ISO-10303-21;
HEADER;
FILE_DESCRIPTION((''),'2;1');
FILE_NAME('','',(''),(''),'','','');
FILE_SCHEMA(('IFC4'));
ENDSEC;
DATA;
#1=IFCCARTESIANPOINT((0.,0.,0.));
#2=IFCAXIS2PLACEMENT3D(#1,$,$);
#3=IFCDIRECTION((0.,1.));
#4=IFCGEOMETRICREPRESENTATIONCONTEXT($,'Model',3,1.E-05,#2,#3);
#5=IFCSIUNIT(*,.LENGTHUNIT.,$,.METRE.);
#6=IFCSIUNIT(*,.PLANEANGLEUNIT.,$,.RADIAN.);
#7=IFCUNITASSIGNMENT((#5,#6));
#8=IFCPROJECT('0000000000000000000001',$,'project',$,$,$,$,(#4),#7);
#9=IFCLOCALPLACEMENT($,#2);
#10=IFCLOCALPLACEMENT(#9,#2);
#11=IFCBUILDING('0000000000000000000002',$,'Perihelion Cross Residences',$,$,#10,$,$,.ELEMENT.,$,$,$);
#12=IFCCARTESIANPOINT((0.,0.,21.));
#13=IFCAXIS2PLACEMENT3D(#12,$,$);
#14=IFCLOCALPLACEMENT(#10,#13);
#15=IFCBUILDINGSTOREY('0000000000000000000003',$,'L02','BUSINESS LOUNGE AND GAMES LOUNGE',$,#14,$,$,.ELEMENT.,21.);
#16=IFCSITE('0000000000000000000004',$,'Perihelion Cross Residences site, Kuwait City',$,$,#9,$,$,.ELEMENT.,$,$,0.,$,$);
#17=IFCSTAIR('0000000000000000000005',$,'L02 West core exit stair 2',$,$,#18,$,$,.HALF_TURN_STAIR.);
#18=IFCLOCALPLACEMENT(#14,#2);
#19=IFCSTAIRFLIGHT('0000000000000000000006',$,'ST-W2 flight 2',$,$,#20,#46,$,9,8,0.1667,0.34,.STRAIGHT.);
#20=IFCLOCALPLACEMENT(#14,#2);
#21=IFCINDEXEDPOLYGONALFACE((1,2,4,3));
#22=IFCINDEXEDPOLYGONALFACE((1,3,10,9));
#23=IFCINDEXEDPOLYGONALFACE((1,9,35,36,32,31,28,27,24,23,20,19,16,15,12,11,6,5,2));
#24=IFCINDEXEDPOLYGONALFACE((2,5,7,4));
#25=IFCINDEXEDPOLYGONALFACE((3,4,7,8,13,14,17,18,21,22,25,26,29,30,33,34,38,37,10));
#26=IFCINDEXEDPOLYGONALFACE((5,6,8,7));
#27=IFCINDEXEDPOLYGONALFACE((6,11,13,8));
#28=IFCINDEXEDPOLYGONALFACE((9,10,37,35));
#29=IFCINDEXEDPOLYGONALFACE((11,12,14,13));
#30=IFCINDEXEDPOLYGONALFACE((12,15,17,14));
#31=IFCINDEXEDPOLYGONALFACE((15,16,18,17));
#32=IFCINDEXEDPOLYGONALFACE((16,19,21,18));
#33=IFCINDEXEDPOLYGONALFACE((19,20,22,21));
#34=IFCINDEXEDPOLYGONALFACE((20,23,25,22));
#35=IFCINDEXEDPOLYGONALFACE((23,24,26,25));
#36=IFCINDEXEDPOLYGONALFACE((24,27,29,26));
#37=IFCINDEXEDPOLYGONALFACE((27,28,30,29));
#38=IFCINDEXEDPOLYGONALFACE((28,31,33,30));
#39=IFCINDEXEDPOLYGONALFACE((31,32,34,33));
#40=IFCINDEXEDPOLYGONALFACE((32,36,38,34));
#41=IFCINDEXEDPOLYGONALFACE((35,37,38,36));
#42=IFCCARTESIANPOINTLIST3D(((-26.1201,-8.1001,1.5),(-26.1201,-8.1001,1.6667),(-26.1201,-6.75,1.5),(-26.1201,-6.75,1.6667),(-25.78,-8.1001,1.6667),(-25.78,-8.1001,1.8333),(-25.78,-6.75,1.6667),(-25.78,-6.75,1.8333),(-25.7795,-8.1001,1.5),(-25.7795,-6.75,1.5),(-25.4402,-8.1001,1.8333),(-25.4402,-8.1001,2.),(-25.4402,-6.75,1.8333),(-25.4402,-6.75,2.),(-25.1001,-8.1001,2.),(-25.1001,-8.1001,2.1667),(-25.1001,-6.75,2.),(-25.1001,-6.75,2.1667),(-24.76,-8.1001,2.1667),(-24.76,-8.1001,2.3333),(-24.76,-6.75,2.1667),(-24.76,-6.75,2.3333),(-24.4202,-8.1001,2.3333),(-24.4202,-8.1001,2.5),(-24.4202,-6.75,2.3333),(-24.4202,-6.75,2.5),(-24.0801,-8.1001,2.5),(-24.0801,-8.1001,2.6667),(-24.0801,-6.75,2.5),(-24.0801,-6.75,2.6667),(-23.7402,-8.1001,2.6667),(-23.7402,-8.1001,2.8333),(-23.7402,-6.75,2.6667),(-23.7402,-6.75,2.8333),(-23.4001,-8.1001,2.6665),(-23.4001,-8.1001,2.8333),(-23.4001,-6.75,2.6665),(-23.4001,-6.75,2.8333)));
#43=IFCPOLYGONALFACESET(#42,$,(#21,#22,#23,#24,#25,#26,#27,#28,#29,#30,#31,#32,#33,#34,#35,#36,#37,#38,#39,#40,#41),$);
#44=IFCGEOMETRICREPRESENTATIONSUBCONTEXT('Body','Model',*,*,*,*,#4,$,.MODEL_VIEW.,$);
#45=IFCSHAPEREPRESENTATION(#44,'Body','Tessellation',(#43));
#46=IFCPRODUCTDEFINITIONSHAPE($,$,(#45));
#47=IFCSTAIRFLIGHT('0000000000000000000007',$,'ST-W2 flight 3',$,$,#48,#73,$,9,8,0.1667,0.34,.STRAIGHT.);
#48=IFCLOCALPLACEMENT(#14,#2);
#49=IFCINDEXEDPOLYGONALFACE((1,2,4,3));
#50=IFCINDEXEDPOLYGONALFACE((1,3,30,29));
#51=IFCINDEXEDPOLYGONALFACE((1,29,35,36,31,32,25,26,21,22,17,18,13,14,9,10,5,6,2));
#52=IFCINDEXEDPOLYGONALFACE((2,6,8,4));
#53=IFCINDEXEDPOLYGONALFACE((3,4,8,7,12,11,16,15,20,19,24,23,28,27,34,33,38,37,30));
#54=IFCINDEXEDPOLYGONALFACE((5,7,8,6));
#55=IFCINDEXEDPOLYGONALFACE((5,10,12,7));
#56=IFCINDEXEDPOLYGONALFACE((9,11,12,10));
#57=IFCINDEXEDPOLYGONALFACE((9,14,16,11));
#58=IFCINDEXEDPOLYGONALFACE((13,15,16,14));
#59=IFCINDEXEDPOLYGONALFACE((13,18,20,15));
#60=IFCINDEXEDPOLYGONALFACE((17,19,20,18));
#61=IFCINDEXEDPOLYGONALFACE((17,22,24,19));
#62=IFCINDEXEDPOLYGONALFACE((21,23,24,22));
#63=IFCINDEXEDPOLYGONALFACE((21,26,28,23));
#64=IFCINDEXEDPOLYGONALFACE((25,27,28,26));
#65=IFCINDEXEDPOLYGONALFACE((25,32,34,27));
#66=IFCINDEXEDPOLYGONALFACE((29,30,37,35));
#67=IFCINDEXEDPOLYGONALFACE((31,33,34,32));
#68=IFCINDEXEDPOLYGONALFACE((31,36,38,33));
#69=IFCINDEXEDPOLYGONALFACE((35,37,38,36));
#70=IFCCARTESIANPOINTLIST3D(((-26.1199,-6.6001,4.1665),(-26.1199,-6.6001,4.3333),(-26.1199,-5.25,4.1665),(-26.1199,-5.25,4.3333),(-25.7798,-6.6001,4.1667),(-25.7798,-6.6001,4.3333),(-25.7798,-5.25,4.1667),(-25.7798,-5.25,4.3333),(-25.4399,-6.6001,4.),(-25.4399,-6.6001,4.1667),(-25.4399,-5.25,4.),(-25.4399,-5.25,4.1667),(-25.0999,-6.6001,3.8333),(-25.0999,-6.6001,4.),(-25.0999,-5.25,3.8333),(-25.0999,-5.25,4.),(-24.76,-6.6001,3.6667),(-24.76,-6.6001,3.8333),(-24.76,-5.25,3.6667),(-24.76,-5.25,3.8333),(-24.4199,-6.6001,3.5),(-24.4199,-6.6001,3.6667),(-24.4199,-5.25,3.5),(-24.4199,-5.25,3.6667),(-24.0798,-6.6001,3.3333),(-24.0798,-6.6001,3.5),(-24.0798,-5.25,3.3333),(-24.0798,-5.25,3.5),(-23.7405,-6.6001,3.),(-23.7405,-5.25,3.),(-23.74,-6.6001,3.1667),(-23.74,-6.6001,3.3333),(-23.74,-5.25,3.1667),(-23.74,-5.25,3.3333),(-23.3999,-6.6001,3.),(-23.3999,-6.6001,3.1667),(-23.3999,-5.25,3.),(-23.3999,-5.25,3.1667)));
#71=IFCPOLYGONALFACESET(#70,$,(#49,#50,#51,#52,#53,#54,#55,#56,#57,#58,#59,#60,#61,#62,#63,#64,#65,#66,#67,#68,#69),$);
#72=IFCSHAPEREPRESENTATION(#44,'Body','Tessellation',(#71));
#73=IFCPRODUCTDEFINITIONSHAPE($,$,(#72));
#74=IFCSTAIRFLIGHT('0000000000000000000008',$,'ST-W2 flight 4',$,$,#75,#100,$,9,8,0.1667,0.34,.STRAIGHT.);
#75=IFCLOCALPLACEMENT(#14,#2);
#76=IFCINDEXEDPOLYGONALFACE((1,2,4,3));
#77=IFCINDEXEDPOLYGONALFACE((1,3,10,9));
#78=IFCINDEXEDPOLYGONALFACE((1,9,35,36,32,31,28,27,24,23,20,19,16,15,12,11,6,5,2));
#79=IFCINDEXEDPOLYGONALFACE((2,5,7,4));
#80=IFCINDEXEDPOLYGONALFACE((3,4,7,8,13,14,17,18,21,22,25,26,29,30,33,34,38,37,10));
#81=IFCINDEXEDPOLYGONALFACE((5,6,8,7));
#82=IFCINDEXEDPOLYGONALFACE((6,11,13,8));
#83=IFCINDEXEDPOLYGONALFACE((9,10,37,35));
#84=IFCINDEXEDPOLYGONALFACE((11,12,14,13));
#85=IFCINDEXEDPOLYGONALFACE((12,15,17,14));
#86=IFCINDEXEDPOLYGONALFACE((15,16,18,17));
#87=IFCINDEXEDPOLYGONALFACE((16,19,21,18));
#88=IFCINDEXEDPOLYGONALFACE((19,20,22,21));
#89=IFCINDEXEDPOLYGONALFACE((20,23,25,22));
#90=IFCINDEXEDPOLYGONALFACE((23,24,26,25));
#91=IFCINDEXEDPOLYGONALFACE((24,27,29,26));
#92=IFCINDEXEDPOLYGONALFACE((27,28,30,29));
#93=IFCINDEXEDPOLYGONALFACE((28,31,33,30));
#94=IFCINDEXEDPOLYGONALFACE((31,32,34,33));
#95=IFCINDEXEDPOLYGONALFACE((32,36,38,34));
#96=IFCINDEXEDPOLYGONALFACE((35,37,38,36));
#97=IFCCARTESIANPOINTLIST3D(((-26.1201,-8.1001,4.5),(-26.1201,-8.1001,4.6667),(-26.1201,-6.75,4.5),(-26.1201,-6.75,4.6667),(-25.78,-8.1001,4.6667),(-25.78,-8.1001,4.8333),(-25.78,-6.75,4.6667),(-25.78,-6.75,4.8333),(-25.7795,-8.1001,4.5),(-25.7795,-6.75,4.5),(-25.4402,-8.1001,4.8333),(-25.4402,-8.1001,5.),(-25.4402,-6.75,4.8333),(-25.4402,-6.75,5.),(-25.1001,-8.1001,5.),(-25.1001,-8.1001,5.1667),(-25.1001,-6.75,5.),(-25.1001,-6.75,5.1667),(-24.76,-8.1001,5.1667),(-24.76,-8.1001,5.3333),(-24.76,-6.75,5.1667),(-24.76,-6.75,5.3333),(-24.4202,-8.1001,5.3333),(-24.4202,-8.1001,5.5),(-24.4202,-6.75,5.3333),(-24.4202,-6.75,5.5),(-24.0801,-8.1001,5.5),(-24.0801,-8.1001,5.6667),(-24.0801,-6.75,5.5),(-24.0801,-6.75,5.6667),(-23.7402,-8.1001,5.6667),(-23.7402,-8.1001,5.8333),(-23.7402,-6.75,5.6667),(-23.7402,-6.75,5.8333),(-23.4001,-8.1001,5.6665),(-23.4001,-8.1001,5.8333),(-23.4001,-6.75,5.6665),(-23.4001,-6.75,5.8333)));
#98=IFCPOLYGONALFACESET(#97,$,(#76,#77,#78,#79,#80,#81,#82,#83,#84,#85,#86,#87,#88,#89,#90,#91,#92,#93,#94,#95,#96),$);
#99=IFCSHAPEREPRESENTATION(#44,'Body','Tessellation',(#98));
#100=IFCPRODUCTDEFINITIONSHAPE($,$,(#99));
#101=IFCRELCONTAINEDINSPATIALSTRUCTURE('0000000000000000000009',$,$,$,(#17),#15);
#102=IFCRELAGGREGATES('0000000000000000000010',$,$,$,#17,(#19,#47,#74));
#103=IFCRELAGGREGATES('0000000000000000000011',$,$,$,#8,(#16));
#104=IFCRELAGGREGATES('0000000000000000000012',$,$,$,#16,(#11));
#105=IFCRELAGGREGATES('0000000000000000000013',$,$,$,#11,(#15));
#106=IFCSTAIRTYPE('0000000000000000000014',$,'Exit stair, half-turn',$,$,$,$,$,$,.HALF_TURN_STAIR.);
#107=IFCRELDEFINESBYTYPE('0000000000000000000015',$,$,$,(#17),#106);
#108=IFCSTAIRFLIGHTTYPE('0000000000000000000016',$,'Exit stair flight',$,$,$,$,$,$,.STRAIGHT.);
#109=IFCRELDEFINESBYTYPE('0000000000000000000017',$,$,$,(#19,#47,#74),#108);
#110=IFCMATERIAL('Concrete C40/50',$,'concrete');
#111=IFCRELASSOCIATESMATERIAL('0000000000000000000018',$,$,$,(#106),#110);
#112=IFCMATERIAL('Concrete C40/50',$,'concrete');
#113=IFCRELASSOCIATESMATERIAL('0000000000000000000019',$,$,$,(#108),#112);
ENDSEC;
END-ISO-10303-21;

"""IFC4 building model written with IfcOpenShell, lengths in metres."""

from ifc_helpers import new_model, si_unit, direction, frame, origin, place, context, subcontext, project, spatial, polyline, outline, extrude, material, type_object, element, aggregate, save


model = new_model("IFC4")

# Units and contexts
model_context = context("Model", 3, precision=1e-05, world=origin(), true_north=direction((0.0, 1.0)))
body_context = subcontext(model_context, "Body", "Model", "MODEL_VIEW")
ifc_project = project(units=[si_unit("LENGTHUNIT", "METRE"), si_unit("PLANEANGLEUNIT", "RADIAN")], contexts=[model_context])

# Site, building, storey
site_placement = place(None, origin())
site = spatial("IfcSite", under=ifc_project, at=site_placement, Name="Perihelion Cross Residences site, Kuwait City", CompositionType="ELEMENT", RefElevation=0.0)
building_placement = place(site_placement, origin())
building = spatial("IfcBuilding", under=site, at=building_placement, Name="Perihelion Cross Residences", CompositionType="ELEMENT")
storey_placement = place(building_placement, frame((0.0, 0.0, 21.0)))
storey = spatial("IfcBuildingStorey", under=building, at=storey_placement, Name="L02", Description="BUSINESS LOUNGE AND GAMES LOUNGE", CompositionType="ELEMENT", Elevation=21.0)

# Stair, stair flights
ifc_material_1 = material(Name="Concrete C40/50", Category="concrete")
stair_type = type_object("IfcStairType", Name="Exit stair, half-turn", PredefinedType="HALF_TURN_STAIR", material=ifc_material_1)
stair_placement = place(storey_placement, origin())
stair = element("IfcStair", 1, at=stair_placement, inside=storey, type_object=stair_type, Name="L02 West core exit stair 2", PredefinedType="HALF_TURN_STAIR")
ifc_material_2 = material(Name="Concrete C40/50", Category="concrete")
stair_flight_type = type_object("IfcStairFlightType", Name="Exit stair flight", PredefinedType="STRAIGHT", material=ifc_material_2)
stair_flight_1_placement = place(storey_placement, frame((-26.1201, -7.425, 1.5), z_axis=(0.0, 0.0, 1.0), x_axis=(1.0, 0.0, 0.0)))
stair_flight_1 = element("IfcStairFlight", 2, at=stair_flight_1_placement, type_object=stair_flight_type, Name="ST-W2 flight 2", NumberOfRisers=9, NumberOfTreads=8, PredefinedType="STRAIGHT", RiserHeight=0.1667, TreadLength=0.34, context=body_context, shape_type="SweptSolid", body=[
    extrude(outline(polyline([(0.0, 0.0), (0.0, 0.1667), (0.3401, 0.1667), (0.3401, 0.3333), (0.6799, 0.3333), (0.6799, 0.5), (1.02, 0.5), (1.02, 0.6667), (1.3601, 0.6667), (1.3601, 0.8333), (1.7, 0.8333), (1.7, 1.0), (2.04, 1.0), (2.04, 1.1667), (2.3799, 1.1667), (2.3799, 1.3333), (2.72, 1.3333), (2.72, 1.5), (2.72, 1.1665), (0.3406, 0.0), (0.0, 0.0)])), frame((0.0, 0.675, 0.0), z_axis=(0.0, -1.0, 0.0), x_axis=(1.0, 0.0, 0.0)), (0.0, 0.0, 1.0), 1.3501),
])
stair_flight_2_placement = place(storey_placement, frame((-23.3999, -5.925, 3.0), z_axis=(0.0, 0.0, 1.0), x_axis=(-1.0, 0.0, 0.0)))
stair_flight_2 = element("IfcStairFlight", 3, at=stair_flight_2_placement, type_object=stair_flight_type, Name="ST-W2 flight 3", NumberOfRisers=9, NumberOfTreads=8, PredefinedType="STRAIGHT", RiserHeight=0.1667, TreadLength=0.34, context=body_context, shape_type="SweptSolid", body=[
    extrude(outline(polyline([(0.0, 0.0), (0.0, 0.1667), (0.3401, 0.1667), (0.3401, 0.3333), (0.6799, 0.3333), (0.6799, 0.5), (1.02, 0.5), (1.02, 0.6667), (1.3601, 0.6667), (1.3601, 0.8333), (1.7, 0.8333), (1.7, 1.0), (2.04, 1.0), (2.04, 1.1667), (2.3799, 1.1667), (2.3799, 1.3333), (2.72, 1.3333), (2.72, 1.5), (2.72, 1.1665), (0.3406, 0.0), (0.0, 0.0)])), frame((0.0, 0.675, 0.0), z_axis=(0.0, -1.0, 0.0), x_axis=(1.0, 0.0, 0.0)), (0.0, 0.0, 1.0), 1.3501),
])
stair_flight_3_placement = place(storey_placement, frame((-26.1201, -7.425, 4.5), z_axis=(0.0, 0.0, 1.0), x_axis=(1.0, 0.0, 0.0)))
stair_flight_3 = element("IfcStairFlight", 4, at=stair_flight_3_placement, type_object=stair_flight_type, Name="ST-W2 flight 4", NumberOfRisers=9, NumberOfTreads=8, PredefinedType="STRAIGHT", RiserHeight=0.1667, TreadLength=0.34, context=body_context, shape_type="SweptSolid", body=[
    extrude(outline(polyline([(0.0, 0.0), (0.0, 0.1667), (0.3401, 0.1667), (0.3401, 0.3333), (0.6799, 0.3333), (0.6799, 0.5), (1.02, 0.5), (1.02, 0.6667), (1.3601, 0.6667), (1.3601, 0.8333), (1.7, 0.8333), (1.7, 1.0), (2.04, 1.0), (2.04, 1.1667), (2.3799, 1.1667), (2.3799, 1.3333), (2.72, 1.3333), (2.72, 1.5), (2.72, 1.1665), (0.3406, 0.0), (0.0, 0.0)])), frame((0.0, 0.675, 0.0), z_axis=(0.0, -1.0, 0.0), x_axis=(1.0, 0.0, 0.0)), (0.0, 0.0, 1.0), 1.3501),
])
aggregate(stair, [stair_flight_1, stair_flight_2, stair_flight_3])

save(model, "model.ifc")
